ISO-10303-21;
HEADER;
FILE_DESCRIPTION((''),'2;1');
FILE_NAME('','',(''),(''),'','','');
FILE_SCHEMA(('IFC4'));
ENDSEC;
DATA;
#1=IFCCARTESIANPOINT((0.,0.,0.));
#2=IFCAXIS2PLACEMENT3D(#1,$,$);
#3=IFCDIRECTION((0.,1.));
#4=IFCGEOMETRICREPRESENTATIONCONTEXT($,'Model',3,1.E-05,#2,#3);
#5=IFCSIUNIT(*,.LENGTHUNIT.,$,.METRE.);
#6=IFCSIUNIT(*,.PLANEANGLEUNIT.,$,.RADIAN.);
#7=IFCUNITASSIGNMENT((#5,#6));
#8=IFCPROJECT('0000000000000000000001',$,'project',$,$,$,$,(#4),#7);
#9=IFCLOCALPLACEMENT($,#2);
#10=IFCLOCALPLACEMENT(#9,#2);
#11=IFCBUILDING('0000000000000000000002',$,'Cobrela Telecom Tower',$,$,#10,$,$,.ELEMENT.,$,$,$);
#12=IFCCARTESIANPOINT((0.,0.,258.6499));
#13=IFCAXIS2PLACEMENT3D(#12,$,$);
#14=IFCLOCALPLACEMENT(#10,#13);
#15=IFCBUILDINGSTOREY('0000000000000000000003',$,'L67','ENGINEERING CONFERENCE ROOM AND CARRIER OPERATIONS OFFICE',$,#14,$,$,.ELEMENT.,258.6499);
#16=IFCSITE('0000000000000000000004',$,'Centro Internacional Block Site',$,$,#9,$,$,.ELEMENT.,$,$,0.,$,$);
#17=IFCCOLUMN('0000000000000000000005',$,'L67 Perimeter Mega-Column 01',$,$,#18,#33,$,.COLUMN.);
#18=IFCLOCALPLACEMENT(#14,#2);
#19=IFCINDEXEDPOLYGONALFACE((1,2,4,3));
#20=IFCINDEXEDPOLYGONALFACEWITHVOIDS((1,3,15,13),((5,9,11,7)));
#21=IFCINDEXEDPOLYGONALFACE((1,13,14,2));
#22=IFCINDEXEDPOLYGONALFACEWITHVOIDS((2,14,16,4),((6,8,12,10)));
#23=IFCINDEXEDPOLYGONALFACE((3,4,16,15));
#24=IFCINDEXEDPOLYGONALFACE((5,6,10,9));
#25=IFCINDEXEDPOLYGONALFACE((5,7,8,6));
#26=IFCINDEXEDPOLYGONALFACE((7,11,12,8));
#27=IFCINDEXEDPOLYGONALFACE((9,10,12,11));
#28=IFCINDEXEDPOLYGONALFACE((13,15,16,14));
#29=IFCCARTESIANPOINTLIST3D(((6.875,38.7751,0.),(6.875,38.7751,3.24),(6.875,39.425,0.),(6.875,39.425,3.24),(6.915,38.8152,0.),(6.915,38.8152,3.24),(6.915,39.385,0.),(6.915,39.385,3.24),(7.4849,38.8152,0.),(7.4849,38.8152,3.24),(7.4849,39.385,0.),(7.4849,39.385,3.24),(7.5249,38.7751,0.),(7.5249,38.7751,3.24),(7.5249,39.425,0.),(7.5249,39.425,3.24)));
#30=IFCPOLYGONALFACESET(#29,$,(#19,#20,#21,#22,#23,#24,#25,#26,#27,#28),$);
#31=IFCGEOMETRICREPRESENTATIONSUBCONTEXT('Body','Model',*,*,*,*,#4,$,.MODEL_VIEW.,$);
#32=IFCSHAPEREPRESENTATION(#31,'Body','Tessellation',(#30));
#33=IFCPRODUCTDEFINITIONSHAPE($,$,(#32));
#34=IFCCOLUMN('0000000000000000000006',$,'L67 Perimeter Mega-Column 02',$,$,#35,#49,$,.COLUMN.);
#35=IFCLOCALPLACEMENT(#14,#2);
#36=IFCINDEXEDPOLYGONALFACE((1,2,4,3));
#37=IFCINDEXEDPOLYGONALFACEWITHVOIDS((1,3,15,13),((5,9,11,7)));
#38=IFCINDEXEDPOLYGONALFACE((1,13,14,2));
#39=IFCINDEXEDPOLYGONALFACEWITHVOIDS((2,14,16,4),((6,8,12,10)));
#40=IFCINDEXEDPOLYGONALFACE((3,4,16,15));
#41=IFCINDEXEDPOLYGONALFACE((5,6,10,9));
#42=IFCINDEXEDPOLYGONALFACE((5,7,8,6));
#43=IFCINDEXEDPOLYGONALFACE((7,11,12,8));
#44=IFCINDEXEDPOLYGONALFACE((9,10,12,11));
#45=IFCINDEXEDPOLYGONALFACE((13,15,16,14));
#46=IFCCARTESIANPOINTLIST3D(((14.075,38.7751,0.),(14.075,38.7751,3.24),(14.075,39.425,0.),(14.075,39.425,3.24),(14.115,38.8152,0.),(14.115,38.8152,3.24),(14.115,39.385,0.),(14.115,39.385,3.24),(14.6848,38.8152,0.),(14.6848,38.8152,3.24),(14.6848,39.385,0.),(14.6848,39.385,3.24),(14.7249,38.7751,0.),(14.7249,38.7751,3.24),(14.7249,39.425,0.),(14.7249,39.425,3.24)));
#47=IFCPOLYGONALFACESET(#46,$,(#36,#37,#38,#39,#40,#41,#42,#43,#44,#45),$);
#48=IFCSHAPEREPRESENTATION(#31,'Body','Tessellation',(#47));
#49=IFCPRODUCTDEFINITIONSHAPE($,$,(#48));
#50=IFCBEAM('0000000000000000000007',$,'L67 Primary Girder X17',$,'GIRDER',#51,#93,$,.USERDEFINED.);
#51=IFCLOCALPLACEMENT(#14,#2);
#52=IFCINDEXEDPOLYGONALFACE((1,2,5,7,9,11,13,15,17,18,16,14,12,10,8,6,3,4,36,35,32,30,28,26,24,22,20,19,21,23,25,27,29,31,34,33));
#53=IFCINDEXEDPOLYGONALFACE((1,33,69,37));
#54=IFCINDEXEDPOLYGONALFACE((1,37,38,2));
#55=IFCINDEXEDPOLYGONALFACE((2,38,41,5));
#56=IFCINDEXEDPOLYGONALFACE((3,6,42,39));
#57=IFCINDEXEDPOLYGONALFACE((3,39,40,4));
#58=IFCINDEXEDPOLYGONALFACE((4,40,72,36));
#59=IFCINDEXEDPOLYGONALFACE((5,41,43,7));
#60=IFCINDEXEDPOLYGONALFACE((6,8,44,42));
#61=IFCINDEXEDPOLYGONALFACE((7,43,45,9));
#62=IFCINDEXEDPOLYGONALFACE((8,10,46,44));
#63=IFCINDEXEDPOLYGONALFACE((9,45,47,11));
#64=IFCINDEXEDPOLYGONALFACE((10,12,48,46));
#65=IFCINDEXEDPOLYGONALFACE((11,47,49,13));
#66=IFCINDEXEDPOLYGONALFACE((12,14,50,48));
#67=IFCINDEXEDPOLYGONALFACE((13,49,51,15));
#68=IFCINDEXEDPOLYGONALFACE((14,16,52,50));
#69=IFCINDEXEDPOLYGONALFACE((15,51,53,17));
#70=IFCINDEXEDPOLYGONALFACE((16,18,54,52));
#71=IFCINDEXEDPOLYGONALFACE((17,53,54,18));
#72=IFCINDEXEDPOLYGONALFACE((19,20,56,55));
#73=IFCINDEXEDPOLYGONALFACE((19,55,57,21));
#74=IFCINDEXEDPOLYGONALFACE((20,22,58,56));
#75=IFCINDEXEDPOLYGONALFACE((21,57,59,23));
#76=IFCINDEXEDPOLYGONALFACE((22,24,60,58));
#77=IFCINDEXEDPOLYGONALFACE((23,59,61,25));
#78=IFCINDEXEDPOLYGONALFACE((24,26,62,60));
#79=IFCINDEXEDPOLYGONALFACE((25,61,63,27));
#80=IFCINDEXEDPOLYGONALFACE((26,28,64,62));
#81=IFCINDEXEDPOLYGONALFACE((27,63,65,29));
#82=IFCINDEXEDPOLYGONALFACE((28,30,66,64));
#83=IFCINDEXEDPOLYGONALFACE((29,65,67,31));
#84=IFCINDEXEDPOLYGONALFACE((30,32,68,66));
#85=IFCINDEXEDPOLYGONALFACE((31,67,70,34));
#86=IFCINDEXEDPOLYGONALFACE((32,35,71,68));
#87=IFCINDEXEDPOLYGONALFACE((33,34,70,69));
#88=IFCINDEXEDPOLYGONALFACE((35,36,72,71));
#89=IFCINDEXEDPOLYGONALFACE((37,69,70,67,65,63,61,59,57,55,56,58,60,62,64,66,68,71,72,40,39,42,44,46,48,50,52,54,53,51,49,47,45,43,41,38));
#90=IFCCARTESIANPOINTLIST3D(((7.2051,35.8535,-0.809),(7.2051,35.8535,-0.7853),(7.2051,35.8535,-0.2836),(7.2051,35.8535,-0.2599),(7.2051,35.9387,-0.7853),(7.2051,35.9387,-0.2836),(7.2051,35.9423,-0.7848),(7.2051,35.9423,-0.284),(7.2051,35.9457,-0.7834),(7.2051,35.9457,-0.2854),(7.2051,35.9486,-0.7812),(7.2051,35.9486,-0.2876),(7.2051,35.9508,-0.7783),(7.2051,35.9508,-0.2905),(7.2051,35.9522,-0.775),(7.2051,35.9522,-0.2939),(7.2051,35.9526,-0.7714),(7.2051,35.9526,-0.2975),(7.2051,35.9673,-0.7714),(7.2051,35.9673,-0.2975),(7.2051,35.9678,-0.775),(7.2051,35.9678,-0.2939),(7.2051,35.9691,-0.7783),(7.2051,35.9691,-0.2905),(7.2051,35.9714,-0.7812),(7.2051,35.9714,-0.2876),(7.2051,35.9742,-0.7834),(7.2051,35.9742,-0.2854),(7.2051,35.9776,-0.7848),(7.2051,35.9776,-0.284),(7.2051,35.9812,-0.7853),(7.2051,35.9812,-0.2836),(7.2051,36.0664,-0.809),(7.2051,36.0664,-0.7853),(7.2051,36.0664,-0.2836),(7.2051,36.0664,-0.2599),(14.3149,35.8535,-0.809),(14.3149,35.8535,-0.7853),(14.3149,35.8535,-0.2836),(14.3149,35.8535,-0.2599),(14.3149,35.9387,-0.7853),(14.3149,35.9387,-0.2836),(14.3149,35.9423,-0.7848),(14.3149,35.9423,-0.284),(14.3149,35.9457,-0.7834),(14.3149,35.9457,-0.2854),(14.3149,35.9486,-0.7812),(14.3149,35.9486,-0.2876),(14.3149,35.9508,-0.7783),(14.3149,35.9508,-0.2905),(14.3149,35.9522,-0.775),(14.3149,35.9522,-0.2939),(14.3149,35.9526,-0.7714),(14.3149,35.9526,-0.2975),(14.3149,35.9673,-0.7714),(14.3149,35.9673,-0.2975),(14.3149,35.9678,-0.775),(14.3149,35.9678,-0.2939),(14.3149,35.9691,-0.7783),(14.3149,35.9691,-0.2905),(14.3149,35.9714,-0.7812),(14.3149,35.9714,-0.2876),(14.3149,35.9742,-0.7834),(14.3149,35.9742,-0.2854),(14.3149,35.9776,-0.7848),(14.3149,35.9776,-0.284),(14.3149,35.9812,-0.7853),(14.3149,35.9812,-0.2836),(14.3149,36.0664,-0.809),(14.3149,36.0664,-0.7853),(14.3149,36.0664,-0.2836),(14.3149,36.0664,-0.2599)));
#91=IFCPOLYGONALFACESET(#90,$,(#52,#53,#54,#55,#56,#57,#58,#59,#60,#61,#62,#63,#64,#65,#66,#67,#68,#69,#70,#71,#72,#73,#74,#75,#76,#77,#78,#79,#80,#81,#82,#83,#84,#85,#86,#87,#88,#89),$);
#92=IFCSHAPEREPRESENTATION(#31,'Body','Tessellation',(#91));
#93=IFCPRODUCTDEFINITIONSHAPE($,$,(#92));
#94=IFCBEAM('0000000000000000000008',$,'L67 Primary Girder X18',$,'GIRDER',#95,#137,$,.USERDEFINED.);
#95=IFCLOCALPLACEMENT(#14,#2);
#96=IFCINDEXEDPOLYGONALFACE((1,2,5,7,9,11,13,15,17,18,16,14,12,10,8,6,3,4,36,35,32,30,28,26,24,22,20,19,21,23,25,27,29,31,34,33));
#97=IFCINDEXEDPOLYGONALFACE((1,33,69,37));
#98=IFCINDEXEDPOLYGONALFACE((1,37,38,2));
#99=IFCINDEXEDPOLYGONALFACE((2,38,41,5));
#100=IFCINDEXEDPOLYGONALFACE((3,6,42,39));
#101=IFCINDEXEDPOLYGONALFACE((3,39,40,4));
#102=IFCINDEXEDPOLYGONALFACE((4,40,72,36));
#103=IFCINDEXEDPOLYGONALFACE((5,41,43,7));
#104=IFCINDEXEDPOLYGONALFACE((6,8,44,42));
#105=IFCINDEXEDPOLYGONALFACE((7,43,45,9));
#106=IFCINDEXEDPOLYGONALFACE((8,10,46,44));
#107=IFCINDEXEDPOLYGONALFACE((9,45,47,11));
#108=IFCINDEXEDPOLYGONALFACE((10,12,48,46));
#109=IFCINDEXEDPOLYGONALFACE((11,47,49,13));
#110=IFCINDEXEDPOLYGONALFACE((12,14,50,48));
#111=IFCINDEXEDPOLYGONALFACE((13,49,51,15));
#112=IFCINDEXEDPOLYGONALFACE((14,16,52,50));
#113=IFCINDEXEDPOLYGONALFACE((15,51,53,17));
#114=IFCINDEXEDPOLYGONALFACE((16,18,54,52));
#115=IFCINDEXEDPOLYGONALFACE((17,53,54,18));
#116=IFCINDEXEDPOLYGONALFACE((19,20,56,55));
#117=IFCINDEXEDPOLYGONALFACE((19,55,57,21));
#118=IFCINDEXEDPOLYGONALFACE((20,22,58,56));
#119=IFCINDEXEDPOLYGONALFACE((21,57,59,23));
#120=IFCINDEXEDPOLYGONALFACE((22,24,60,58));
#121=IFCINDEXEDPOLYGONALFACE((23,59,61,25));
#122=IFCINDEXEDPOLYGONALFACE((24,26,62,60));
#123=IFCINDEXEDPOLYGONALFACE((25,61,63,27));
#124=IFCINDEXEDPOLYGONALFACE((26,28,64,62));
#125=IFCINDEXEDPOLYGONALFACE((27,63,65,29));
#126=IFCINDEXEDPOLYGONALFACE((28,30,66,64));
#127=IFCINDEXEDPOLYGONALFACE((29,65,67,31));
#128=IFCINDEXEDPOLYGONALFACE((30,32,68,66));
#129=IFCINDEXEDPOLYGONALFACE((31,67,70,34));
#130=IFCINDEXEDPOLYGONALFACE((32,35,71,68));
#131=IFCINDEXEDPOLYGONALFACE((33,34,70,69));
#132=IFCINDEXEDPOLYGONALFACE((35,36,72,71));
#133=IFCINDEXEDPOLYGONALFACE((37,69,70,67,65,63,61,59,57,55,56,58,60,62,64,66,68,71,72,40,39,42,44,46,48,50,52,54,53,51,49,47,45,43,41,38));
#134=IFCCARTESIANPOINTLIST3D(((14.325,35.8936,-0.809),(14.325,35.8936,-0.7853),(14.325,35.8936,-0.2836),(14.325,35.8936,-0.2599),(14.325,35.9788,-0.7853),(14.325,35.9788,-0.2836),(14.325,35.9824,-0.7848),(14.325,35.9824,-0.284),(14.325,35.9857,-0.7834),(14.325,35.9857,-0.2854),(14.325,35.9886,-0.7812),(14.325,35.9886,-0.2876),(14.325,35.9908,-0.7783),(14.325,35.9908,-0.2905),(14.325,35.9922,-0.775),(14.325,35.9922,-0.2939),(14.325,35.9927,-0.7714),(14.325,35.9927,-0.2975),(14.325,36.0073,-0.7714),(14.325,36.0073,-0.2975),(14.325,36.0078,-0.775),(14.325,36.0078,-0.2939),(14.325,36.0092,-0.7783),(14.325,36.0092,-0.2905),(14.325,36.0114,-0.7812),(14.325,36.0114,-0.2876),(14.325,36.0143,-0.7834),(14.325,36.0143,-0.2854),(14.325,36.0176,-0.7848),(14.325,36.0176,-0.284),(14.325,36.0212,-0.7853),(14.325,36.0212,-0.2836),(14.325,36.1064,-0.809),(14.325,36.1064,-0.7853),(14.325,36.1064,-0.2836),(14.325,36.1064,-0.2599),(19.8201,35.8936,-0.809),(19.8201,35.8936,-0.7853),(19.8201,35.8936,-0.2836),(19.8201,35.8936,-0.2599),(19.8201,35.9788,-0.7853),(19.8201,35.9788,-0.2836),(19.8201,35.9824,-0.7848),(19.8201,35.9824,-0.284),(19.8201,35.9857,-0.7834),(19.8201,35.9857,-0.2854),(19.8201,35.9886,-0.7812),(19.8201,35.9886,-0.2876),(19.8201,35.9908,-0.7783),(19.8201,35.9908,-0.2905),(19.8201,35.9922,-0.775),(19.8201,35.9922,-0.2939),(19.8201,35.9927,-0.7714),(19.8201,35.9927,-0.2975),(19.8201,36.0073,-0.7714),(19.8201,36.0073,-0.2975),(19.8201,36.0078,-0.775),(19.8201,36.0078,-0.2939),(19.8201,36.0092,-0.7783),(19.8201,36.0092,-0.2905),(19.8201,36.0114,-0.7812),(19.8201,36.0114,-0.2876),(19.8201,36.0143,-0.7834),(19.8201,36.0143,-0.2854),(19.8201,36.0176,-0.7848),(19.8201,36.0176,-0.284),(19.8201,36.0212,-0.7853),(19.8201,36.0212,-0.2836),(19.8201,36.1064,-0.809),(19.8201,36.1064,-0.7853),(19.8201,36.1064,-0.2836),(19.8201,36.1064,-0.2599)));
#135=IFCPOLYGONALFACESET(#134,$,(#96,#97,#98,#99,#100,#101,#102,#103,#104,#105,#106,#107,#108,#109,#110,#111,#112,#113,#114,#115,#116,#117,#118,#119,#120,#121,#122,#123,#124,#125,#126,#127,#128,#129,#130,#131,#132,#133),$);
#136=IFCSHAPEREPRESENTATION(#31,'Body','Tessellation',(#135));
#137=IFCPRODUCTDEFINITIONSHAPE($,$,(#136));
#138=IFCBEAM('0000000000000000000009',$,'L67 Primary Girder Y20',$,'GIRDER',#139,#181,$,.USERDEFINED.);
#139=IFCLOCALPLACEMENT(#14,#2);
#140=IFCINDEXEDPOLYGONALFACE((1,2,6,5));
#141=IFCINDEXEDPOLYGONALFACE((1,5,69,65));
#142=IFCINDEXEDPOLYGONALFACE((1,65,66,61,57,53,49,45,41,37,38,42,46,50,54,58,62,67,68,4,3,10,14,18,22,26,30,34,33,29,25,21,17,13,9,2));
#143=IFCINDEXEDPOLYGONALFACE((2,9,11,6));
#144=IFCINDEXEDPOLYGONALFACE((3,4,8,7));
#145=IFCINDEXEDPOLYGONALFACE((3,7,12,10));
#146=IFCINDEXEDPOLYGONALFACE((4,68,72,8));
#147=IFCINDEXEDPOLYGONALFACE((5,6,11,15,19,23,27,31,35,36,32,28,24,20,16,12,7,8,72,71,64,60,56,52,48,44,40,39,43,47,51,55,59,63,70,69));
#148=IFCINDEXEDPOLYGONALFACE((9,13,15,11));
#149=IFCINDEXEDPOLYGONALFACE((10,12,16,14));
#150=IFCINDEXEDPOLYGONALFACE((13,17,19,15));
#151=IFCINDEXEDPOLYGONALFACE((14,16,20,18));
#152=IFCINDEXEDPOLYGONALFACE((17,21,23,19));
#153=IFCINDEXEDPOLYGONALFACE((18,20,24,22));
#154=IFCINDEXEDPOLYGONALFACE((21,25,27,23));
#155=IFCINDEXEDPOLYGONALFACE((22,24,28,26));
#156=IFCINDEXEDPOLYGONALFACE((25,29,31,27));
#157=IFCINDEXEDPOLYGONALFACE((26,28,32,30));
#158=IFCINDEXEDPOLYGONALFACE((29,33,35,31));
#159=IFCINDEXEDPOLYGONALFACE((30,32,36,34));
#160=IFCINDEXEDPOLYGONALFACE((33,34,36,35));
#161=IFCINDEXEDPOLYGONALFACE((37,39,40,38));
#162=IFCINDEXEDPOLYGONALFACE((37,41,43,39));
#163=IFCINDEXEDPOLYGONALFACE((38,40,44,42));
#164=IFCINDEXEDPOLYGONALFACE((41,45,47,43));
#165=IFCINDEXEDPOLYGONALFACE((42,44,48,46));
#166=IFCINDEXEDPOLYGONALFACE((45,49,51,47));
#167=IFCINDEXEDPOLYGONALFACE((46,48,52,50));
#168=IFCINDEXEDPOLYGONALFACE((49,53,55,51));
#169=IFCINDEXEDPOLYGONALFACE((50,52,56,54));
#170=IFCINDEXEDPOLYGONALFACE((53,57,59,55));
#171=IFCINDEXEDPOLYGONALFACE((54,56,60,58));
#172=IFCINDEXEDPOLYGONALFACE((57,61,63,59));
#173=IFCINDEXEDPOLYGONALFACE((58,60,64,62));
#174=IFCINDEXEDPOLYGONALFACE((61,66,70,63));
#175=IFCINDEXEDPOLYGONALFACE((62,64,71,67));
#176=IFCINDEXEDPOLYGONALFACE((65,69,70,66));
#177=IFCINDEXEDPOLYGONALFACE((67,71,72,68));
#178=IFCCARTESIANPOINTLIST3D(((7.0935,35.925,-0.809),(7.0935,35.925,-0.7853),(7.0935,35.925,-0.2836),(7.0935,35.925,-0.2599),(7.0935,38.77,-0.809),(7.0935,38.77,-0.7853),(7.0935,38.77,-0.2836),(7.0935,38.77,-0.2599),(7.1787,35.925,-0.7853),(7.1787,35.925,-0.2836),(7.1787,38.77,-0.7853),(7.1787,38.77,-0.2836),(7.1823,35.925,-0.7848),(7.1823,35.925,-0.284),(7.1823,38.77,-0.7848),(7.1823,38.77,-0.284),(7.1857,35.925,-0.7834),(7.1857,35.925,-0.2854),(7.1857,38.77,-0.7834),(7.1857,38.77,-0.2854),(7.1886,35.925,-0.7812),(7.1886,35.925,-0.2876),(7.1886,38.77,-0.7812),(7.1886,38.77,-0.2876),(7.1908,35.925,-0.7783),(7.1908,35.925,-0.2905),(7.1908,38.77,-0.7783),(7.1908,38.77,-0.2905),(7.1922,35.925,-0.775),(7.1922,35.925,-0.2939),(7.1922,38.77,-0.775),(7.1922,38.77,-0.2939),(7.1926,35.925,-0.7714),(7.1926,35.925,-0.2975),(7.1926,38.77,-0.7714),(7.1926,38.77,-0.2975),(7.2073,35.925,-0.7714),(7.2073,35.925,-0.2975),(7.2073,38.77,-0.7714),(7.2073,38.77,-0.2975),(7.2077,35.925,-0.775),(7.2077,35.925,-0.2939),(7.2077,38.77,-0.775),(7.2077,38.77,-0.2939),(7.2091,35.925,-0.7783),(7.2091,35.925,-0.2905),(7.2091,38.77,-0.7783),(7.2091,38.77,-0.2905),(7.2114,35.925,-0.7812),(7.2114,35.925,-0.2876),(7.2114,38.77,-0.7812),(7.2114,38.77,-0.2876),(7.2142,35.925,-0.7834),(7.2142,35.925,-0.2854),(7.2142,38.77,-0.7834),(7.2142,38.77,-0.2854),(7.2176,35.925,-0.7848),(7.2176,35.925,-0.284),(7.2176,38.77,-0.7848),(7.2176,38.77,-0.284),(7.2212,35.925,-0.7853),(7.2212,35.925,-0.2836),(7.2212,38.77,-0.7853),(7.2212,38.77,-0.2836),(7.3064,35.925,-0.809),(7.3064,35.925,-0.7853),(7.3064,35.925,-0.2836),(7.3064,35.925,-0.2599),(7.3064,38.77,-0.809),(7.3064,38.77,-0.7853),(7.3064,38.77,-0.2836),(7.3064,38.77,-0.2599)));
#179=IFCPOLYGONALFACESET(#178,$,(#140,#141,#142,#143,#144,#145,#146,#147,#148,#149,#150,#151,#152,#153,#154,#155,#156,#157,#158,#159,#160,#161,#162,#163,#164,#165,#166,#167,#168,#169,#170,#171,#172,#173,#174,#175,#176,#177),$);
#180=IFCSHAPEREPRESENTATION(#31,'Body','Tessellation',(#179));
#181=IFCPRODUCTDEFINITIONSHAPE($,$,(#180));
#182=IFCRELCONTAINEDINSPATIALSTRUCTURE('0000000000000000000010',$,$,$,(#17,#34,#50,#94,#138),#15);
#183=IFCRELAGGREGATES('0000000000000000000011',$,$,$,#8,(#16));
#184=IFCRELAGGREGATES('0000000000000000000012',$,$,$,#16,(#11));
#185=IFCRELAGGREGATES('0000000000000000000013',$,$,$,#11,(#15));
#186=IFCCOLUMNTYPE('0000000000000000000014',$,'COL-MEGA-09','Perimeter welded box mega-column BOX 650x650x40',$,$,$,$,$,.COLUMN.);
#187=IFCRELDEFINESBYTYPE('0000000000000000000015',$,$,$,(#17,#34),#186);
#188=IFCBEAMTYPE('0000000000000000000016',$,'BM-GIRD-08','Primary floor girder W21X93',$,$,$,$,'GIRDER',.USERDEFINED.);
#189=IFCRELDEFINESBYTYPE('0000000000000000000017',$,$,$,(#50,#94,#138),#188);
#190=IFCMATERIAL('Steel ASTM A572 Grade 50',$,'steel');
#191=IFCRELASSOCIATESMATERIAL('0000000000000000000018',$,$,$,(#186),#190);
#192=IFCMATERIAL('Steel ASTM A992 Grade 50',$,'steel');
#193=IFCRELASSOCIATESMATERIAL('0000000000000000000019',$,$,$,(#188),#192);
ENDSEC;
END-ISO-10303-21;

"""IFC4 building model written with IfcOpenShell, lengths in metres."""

from ifc_helpers import new_model, si_unit, direction, frame, origin, origin_2d, place, context, subcontext, project, spatial, hollow_rectangle, i_section, extrude, material, material_profile, profile_set, type_object, element, save


model = new_model("IFC4")

# Units and contexts
model_context = context("Model", 3, precision=1e-05, world=origin(), true_north=direction((0.0, 1.0)))
body_context = subcontext(model_context, "Body", "Model", "MODEL_VIEW")
ifc_project = project(units=[si_unit("LENGTHUNIT", "METRE"), si_unit("PLANEANGLEUNIT", "RADIAN")], contexts=[model_context])

# Site, building, storey
site_placement = place(None, origin())
site = spatial("IfcSite", under=ifc_project, at=site_placement, Name="Centro Internacional Block Site", CompositionType="ELEMENT", RefElevation=0.0)
building_placement = place(site_placement, origin())
building = spatial("IfcBuilding", under=site, at=building_placement, Name="Cobrela Telecom Tower", CompositionType="ELEMENT")
storey_placement = place(building_placement, frame((0.0, 0.0, 258.6499)))
storey = spatial("IfcBuildingStorey", under=building, at=storey_placement, Name="L67", Description="ENGINEERING CONFERENCE ROOM AND CARRIER OPERATIONS OFFICE", CompositionType="ELEMENT", Elevation=258.6499)

# Columns
ifc_material_1 = material(Name="Steel ASTM A572 Grade 50", Category="steel")
ifc_material_profile_1 = material_profile(ifc_material_1, hollow_rectangle(XDim=0.6499, YDim=0.6499, WallThickness=0.04, at=origin_2d()), Name="BOX 650x650x40")
ifc_profile_set_1 = profile_set([ifc_material_profile_1], Name="Steel ASTM A572 Grade 50")
column_type = type_object("IfcColumnType", Name="COL-MEGA-09", Description="Perimeter welded box mega-column BOX 650x650x40", PredefinedType="COLUMN", material=ifc_profile_set_1)
for number, where, z_axis, x_axis, name in (
    (1, (7.2, 39.1001, 0.0), (0.0, 0.0, 1.0), (1.0, 0.0, 0.0), "L67 Perimeter Mega-Column 01"),
    (2, (14.3999, 39.1001, 0.0), (0.0, 0.0, 1.0), (1.0, 0.0, 0.0), "L67 Perimeter Mega-Column 02"),
):
    element("IfcColumn", number, at=place(storey_placement, frame(where, z_axis=z_axis, x_axis=x_axis)), inside=storey, type_object=column_type, Name=name, PredefinedType="COLUMN", context=body_context, shape_type="SweptSolid", body=[
        extrude(hollow_rectangle(XDim=0.6499, YDim=0.6499, WallThickness=0.04, at=origin_2d()), origin(), (0.0, 0.0, 1.0), 3.24),
    ])

# Beams
ifc_material_2 = material(Name="Steel ASTM A992 Grade 50", Category="steel")
ifc_material_profile_2 = material_profile(ifc_material_2, i_section(OverallWidth=0.2129, OverallDepth=0.5491, WebThickness=0.0146, FlangeThickness=0.0237, FilletRadius=0.0139, at=origin_2d()), Name="W21X93")
ifc_profile_set_2 = profile_set([ifc_material_profile_2], Name="Steel ASTM A992 Grade 50")
beam_type_1 = type_object("IfcBeamType", Name="BM-GIRD-08", Description="Primary floor girder W21X93", ElementType="GIRDER", PredefinedType="USERDEFINED", material=ifc_profile_set_2)
beam_1_placement = place(storey_placement, frame((7.2051, 35.96, -0.5344), z_axis=(1.0, 0.0, 0.0), x_axis=(0.0, 1.0, 0.0)))
element("IfcBeam", 3, at=beam_1_placement, inside=storey, type_object=beam_type_1, Name="L67 Primary Girder X17", ObjectType="GIRDER", PredefinedType="USERDEFINED", context=body_context, shape_type="SweptSolid", body=[
    extrude(i_section(OverallWidth=0.2129, OverallDepth=0.5491, WebThickness=0.0146, FlangeThickness=0.0237, FilletRadius=0.0139, at=origin_2d()), origin(), (0.0, 0.0, 1.0), 7.1099),
])
beam_2_placement = place(storey_placement, frame((14.325, 36.0, -0.5344), z_axis=(1.0, 0.0, 0.0), x_axis=(0.0, 1.0, 0.0)))
element("IfcBeam", 4, at=beam_2_placement, inside=storey, type_object=beam_type_1, Name="L67 Primary Girder X18", ObjectType="GIRDER", PredefinedType="USERDEFINED", context=body_context, shape_type="SweptSolid", body=[
    extrude(i_section(OverallWidth=0.2129, OverallDepth=0.5491, WebThickness=0.0146, FlangeThickness=0.0237, FilletRadius=0.0139, at=origin_2d()), origin(), (0.0, 0.0, 1.0), 5.4951),
])
for number, where, z_axis, x_axis, name in (
    (5, (7.2, 35.925, -0.5344), (0.0, 1.0, 0.0), (-1.0, 0.0, 0.0), "L67 Primary Girder Y20"),
):
    element("IfcBeam", number, at=place(storey_placement, frame(where, z_axis=z_axis, x_axis=x_axis)), inside=storey, type_object=beam_type_1, Name=name, ObjectType="GIRDER", PredefinedType="USERDEFINED", context=body_context, shape_type="SweptSolid", body=[
        extrude(i_section(OverallWidth=0.2129, OverallDepth=0.5491, WebThickness=0.0146, FlangeThickness=0.0237, FilletRadius=0.0139, at=origin_2d()), origin(), (0.0, 0.0, 1.0), 2.845),
    ])

save(model, "model.ifc")
